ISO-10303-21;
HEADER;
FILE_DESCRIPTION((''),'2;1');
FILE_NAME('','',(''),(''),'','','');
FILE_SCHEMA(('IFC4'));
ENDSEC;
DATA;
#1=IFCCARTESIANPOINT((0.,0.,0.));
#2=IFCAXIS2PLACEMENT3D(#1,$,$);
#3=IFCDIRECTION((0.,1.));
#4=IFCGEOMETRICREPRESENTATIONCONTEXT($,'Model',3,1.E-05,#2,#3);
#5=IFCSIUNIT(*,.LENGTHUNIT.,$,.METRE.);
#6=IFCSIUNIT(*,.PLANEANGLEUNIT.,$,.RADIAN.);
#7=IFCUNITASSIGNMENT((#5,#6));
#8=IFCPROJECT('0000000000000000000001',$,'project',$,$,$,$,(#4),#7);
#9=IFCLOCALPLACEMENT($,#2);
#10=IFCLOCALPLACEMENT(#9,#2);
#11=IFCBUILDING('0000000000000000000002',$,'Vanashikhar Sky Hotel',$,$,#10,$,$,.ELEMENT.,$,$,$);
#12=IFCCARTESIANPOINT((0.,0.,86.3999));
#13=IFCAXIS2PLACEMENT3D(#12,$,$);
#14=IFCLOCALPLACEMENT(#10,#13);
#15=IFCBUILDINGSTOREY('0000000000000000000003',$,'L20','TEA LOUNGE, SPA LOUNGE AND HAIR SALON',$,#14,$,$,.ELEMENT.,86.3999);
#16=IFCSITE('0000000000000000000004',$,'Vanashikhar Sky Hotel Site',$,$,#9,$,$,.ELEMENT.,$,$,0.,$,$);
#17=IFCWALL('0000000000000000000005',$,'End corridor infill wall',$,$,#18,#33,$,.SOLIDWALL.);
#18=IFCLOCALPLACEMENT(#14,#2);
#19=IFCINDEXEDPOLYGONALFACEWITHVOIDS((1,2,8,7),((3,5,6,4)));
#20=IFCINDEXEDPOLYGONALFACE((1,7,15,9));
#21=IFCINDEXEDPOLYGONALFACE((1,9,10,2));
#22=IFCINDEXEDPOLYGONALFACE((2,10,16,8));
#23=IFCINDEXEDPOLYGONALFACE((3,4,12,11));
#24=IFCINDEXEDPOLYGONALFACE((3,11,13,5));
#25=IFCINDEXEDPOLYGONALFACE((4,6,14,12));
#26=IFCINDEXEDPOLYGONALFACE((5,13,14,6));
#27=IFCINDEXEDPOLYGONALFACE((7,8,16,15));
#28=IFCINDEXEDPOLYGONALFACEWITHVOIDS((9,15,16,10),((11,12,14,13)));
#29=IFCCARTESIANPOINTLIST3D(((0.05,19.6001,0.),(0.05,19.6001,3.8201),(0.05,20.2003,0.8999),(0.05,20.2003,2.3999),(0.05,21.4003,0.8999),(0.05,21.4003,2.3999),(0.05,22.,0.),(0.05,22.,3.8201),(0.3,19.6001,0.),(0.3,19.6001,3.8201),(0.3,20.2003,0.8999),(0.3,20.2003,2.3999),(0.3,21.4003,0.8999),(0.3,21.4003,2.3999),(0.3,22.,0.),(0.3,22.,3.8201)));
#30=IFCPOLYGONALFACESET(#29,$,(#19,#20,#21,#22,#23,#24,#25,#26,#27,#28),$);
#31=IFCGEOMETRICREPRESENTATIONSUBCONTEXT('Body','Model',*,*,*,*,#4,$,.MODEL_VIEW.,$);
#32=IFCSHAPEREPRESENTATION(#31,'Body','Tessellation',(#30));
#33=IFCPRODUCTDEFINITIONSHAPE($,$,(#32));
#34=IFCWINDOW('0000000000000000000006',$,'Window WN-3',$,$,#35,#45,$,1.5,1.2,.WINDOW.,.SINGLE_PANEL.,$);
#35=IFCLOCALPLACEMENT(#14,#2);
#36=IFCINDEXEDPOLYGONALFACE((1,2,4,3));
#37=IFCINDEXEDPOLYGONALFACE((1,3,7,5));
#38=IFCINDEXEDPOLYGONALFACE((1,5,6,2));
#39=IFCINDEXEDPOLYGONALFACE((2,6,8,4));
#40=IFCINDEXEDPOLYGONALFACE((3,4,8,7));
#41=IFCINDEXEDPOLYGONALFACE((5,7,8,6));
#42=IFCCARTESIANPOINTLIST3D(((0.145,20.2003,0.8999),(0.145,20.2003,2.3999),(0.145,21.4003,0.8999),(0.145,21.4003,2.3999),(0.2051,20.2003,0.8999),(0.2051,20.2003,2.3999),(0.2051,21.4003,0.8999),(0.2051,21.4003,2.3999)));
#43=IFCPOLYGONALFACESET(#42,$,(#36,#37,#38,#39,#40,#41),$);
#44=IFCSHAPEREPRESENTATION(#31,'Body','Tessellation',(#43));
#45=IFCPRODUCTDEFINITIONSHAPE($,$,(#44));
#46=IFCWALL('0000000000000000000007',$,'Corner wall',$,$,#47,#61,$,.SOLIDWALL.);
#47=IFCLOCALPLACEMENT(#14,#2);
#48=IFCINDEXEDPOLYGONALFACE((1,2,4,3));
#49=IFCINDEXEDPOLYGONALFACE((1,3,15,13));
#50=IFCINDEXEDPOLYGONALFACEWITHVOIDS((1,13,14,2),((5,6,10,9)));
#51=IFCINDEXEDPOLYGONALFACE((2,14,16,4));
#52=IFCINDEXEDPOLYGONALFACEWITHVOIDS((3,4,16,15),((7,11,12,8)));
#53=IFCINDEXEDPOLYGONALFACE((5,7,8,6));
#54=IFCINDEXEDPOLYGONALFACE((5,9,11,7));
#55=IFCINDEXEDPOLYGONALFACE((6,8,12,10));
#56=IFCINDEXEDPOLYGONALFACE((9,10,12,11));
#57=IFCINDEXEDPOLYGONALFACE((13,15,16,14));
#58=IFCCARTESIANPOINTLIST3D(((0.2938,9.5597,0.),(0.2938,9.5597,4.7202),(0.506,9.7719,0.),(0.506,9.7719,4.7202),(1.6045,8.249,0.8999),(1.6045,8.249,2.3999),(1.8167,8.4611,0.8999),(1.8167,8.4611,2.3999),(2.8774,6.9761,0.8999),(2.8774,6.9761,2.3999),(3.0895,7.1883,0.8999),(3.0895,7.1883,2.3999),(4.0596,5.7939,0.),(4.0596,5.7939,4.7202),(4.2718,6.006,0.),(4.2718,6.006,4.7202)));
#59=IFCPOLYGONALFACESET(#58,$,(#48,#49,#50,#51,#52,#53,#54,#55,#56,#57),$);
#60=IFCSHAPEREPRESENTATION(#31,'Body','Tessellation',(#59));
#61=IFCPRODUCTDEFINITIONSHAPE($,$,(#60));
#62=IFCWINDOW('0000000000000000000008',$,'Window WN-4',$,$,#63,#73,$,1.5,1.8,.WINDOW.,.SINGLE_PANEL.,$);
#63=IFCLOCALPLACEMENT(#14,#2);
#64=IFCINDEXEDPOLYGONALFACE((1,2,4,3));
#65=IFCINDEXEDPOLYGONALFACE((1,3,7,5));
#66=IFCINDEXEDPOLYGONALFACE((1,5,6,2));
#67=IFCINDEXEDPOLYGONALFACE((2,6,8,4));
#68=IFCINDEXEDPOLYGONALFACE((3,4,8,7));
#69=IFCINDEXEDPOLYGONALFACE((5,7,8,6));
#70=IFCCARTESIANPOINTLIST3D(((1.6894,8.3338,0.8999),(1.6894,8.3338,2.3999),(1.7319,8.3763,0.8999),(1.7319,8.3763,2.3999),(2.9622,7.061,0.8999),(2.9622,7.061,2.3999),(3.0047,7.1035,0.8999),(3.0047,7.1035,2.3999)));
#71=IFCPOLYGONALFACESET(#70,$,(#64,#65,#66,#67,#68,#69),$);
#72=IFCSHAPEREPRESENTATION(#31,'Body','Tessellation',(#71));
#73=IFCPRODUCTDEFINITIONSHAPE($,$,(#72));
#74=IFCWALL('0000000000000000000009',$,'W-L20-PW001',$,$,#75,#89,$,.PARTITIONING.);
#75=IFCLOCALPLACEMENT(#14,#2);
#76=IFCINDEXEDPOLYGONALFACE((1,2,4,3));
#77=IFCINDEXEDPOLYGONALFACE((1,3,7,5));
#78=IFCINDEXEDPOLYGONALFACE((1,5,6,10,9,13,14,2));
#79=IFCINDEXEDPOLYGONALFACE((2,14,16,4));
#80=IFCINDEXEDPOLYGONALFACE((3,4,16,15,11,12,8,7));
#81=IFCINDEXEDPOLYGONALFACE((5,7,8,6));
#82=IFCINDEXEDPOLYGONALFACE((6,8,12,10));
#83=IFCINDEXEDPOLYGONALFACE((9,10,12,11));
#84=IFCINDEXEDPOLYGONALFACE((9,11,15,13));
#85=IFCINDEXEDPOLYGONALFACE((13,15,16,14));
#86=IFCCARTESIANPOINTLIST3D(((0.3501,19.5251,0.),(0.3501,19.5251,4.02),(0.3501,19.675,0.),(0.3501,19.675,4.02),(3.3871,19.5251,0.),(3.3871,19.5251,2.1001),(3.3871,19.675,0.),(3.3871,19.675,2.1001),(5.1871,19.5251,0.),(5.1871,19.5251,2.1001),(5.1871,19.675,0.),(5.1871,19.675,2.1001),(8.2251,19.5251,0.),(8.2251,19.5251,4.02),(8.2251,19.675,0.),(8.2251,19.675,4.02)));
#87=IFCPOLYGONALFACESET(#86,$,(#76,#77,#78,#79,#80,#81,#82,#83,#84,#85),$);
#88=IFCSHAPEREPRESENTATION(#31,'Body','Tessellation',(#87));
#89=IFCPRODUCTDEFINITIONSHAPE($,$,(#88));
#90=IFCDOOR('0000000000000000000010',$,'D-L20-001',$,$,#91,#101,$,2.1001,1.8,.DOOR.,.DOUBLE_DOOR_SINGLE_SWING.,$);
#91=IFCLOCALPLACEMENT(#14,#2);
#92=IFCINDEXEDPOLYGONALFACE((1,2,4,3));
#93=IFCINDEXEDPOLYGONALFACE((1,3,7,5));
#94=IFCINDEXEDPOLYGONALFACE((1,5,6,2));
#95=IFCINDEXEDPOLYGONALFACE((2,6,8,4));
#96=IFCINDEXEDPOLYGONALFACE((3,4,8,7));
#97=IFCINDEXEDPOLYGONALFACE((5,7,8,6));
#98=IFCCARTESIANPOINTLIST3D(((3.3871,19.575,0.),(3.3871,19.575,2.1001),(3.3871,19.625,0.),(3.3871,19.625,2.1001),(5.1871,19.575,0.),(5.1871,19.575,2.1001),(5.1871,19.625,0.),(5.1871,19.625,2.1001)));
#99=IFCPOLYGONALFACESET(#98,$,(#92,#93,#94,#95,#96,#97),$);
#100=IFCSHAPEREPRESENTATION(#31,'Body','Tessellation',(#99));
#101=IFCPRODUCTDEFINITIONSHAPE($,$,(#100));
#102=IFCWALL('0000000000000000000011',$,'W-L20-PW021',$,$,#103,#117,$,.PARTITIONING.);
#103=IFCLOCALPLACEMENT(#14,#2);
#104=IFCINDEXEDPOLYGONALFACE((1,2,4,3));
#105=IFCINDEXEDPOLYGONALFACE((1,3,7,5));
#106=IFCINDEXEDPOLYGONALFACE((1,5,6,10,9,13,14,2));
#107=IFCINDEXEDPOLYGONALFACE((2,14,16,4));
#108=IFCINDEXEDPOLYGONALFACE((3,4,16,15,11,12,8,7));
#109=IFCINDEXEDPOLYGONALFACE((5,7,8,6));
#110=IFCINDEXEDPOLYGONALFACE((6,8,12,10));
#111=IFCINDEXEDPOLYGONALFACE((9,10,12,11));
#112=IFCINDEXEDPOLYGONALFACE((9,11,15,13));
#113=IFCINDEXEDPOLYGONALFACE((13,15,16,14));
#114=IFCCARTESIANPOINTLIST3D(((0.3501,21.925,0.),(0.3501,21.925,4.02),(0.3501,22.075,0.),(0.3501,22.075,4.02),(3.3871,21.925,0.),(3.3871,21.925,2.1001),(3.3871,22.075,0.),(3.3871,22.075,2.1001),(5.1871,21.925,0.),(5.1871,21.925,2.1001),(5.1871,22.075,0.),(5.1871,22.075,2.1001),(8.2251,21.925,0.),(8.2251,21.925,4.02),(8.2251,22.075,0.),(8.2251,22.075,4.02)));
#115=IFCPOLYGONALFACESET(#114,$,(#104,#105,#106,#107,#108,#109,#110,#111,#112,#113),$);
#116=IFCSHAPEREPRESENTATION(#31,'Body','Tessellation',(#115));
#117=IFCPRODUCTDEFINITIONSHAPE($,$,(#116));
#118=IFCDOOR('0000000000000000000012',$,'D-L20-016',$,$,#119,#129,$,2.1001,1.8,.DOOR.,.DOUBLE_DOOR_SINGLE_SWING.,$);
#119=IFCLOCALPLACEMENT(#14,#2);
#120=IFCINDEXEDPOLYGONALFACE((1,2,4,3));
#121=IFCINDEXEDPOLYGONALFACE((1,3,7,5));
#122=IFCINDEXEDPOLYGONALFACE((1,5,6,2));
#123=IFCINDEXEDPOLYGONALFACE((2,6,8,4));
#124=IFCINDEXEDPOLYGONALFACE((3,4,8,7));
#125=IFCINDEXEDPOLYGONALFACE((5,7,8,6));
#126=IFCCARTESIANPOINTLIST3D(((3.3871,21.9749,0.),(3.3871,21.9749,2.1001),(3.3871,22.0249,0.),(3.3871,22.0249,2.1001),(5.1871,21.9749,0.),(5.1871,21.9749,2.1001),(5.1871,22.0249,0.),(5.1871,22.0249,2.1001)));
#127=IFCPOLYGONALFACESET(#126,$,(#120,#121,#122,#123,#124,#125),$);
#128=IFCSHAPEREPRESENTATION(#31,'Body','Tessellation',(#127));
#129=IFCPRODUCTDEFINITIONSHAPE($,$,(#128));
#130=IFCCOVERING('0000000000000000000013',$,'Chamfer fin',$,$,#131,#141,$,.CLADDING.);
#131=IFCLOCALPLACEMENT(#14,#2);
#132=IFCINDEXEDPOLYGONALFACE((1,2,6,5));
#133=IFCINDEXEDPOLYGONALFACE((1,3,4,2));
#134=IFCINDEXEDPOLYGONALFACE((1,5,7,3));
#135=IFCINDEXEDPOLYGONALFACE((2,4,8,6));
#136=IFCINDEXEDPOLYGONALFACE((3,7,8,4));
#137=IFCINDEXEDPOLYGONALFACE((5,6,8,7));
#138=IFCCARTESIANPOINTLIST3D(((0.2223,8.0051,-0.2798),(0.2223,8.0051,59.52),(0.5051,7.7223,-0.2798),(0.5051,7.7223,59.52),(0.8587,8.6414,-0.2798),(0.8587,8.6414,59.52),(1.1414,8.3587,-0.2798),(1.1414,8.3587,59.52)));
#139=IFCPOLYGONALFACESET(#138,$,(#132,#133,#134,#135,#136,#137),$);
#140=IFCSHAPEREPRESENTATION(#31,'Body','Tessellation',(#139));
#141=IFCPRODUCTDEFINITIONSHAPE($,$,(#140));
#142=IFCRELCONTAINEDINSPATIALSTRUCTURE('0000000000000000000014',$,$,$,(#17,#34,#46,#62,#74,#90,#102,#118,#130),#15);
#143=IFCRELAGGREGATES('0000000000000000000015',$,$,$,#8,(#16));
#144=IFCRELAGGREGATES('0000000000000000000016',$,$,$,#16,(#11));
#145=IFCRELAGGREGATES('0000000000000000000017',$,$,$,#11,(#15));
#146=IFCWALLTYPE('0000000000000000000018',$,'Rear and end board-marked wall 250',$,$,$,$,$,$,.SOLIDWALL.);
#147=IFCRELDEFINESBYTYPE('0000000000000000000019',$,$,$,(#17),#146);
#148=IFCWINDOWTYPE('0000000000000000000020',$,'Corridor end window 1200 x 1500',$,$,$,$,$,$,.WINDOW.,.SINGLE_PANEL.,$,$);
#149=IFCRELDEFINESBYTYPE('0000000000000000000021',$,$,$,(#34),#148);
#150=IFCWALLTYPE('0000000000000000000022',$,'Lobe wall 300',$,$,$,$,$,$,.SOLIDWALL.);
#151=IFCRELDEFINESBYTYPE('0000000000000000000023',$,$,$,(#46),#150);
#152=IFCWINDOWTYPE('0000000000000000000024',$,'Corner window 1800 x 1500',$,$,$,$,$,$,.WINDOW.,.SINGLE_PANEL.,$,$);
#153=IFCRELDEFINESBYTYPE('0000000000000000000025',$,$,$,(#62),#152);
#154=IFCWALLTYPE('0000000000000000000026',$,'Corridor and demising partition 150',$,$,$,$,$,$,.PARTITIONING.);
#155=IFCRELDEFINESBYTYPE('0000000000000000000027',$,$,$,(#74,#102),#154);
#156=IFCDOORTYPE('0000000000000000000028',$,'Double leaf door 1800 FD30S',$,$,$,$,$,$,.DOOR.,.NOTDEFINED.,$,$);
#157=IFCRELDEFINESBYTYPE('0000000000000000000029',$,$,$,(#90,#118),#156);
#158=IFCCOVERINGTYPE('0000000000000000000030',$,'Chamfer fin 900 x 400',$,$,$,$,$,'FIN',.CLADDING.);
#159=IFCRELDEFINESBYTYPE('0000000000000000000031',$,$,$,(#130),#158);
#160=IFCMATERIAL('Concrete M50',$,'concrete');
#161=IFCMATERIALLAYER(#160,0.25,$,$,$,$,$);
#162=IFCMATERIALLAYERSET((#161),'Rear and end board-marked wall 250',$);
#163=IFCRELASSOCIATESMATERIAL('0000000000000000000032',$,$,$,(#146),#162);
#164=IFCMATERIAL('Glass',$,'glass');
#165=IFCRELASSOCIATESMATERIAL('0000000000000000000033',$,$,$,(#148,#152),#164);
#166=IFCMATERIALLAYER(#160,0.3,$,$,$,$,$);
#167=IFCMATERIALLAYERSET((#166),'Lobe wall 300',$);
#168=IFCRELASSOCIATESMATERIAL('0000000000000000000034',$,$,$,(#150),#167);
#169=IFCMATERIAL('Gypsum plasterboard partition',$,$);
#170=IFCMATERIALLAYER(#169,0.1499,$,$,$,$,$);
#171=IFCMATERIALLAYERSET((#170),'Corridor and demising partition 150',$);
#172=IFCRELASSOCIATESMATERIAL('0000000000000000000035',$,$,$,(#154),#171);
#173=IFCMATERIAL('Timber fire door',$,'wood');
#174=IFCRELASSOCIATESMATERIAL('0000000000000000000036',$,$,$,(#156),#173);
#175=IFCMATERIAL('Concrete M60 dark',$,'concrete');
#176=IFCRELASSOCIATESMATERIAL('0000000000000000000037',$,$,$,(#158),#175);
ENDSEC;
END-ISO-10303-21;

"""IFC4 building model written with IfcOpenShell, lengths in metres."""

from ifc_helpers import new_model, si_unit, direction, frame, frame_2d, origin, origin_2d, place, context, subcontext, project, spatial, rectangle, extrude, source, transform, mapped, material, layer, layer_set, material_profile, profile_set, type_object, element, fill, save


model = new_model("IFC4")

# Units and contexts
model_context = context("Model", 3, precision=1e-05, world=origin(), true_north=direction((0.0, 1.0)))
body_context = subcontext(model_context, "Body", "Model", "MODEL_VIEW")
ifc_project = project(units=[si_unit("LENGTHUNIT", "METRE"), si_unit("PLANEANGLEUNIT", "RADIAN")], contexts=[model_context])

# Site, building, storey
site_placement = place(None, origin())
site = spatial("IfcSite", under=ifc_project, at=site_placement, Name="Vanashikhar Sky Hotel Site", CompositionType="ELEMENT", RefElevation=0.0)
building_placement = place(site_placement, origin())
building = spatial("IfcBuilding", under=site, at=building_placement, Name="Vanashikhar Sky Hotel", CompositionType="ELEMENT")
storey_placement = place(building_placement, frame((0.0, 0.0, 86.3999)))
storey = spatial("IfcBuildingStorey", under=building, at=storey_placement, Name="L20", Description="TEA LOUNGE, SPA LOUNGE AND HAIR SALON", CompositionType="ELEMENT", Elevation=86.3999)

# Shared definitions
ifc_material_1 = material(Name="Concrete M50", Category="concrete")

# Shared definitions
ifc_material_2 = material(Name="Glass", Category="glass")

# Walls, openings, windows
ifc_layer_1 = layer(ifc_material_1, 0.25)
ifc_layer_set_1 = layer_set([ifc_layer_1], Name="Rear and end board-marked wall 250")
wall_type_1 = type_object("IfcWallType", Name="Rear and end board-marked wall 250", PredefinedType="SOLIDWALL", material=ifc_layer_set_1)
shared_shape_1 = source(origin(), body_context, "Body", "SweptSolid", [
    extrude(rectangle(XDim=2.3999, YDim=0.25, at=frame_2d((1.2, 0.0))), origin(), (0.0, 0.0, 1.0), 3.8201),
])
wall_1_placement = place(storey_placement, frame((0.175, 19.6001, 0.0), z_axis=(0.0, 0.0, 1.0), x_axis=(0.0, 1.0, 0.0)))
wall_1 = element("IfcWall", 1, at=wall_1_placement, inside=storey, type_object=wall_type_1, Name="End corridor infill wall", PredefinedType="SOLIDWALL", context=body_context, shape_type="MappedRepresentation", body=[
    mapped(shared_shape_1, transform((0.0, 0.0, 0.0), scale=1.0)),
])
shared_shape_2 = source(origin(), body_context, "Body", "SweptSolid", [
    extrude(rectangle(XDim=1.2, YDim=1.5, at=frame_2d((0.6001, 0.75))), frame((0.0, 0.135, 0.0), z_axis=(0.0, -1.0, 0.0), x_axis=(1.0, 0.0, 0.0)), (0.0, 0.0, 1.0), 0.27),
])
opening_1_placement = place(wall_1_placement, frame((0.6001, 0.0, 0.8999)))
opening_1 = element("IfcOpeningElement", 2, at=opening_1_placement, cuts=wall_1, PredefinedType="OPENING", context=body_context, shape_type="MappedRepresentation", body=[
    mapped(shared_shape_2, transform((0.0, 0.0, 0.0), scale=1.0)),
])
window_type_1 = type_object("IfcWindowType", Name="Corridor end window 1200 x 1500", PartitioningType="SINGLE_PANEL", PredefinedType="WINDOW", material=ifc_material_2)
shared_shape_3 = source(origin(), body_context, "Body", "SweptSolid", [
    extrude(rectangle(XDim=1.2, YDim=1.5, at=frame_2d((0.6001, 0.75))), frame((0.0, 0.03, 0.0), z_axis=(0.0, -1.0, 0.0), x_axis=(1.0, 0.0, 0.0)), (0.0, 0.0, 1.0), 0.0601),
])
window_1_placement = place(opening_1_placement, origin())
window_1 = element("IfcWindow", 3, at=window_1_placement, inside=storey, type_object=window_type_1, Name="Window WN-3", OverallHeight=1.5, OverallWidth=1.2, PartitioningType="SINGLE_PANEL", PredefinedType="WINDOW", context=body_context, shape_type="MappedRepresentation", body=[
    mapped(shared_shape_3, transform((0.0, 0.0, 0.0), scale=1.0)),
])
fill(opening_1, window_1)
ifc_layer_2 = layer(ifc_material_1, 0.3)
ifc_layer_set_2 = layer_set([ifc_layer_2], Name="Lobe wall 300")
wall_type_2 = type_object("IfcWallType", Name="Lobe wall 300", PredefinedType="SOLIDWALL", material=ifc_layer_set_2)
shared_shape_4 = source(origin(), body_context, "Body", "SweptSolid", [
    extrude(rectangle(XDim=5.3257, YDim=0.3, at=frame_2d((2.6628, 0.0))), origin(), (0.0, 0.0, 1.0), 4.7202),
])
wall_2_placement = place(storey_placement, frame((0.3999, 9.6658, 0.0), z_axis=(0.0, 0.0, 1.0), x_axis=(0.707107, -0.707107, 0.0)))
wall_2 = element("IfcWall", 4, at=wall_2_placement, inside=storey, type_object=wall_type_2, Name="Corner wall", PredefinedType="SOLIDWALL", context=body_context, shape_type="MappedRepresentation", body=[
    mapped(shared_shape_4, transform((0.0, 0.0, 0.0), scale=1.0)),
])
shared_shape_5 = source(origin(), body_context, "Body", "SweptSolid", [
    extrude(rectangle(XDim=1.8, YDim=1.5, at=frame_2d((0.8999, 0.75))), frame((0.0, 0.1602, 0.0), z_axis=(0.0, -1.0, 0.0), x_axis=(1.0, 0.0, 0.0)), (0.0, 0.0, 1.0), 0.3201),
])
opening_2_placement = place(wall_2_placement, frame((1.8538, 0.0, 0.8999)))
opening_2 = element("IfcOpeningElement", 5, at=opening_2_placement, cuts=wall_2, PredefinedType="OPENING", context=body_context, shape_type="MappedRepresentation", body=[
    mapped(shared_shape_5, transform((0.0, 0.0, 0.0), scale=1.0)),
])
window_type_2 = type_object("IfcWindowType", Name="Corner window 1800 x 1500", PartitioningType="SINGLE_PANEL", PredefinedType="WINDOW", material=ifc_material_2)
shared_shape_6 = source(origin(), body_context, "Body", "SweptSolid", [
    extrude(rectangle(XDim=1.8, YDim=1.5, at=frame_2d((0.8999, 0.75))), frame((0.0, 0.03, 0.0), z_axis=(0.0, -1.0, 0.0), x_axis=(1.0, 0.0, 0.0)), (0.0, 0.0, 1.0), 0.0601),
])
window_2_placement = place(opening_2_placement, origin())
window_2 = element("IfcWindow", 6, at=window_2_placement, inside=storey, type_object=window_type_2, Name="Window WN-4", OverallHeight=1.5, OverallWidth=1.8, PartitioningType="SINGLE_PANEL", PredefinedType="WINDOW", context=body_context, shape_type="MappedRepresentation", body=[
    mapped(shared_shape_6, transform((0.0, 0.0, 0.0), scale=1.0)),
])
fill(opening_2, window_2)

# Walls, openings, doors
ifc_material_3 = material(Name="Gypsum plasterboard partition")
ifc_layer_3 = layer(ifc_material_3, 0.1499)
ifc_layer_set_3 = layer_set([ifc_layer_3], Name="Corridor and demising partition 150")
wall_type_3 = type_object("IfcWallType", Name="Corridor and demising partition 150", PredefinedType="PARTITIONING", material=ifc_layer_set_3)
shared_shape_7 = source(origin(), body_context, "Body", "SweptSolid", [
    extrude(rectangle(XDim=7.875, YDim=0.1499, at=frame_2d((3.9375, 0.0))), origin(), (0.0, 0.0, 1.0), 4.02),
])
wall_3_placement = place(storey_placement, frame((0.3501, 19.6001, 0.0), z_axis=(0.0, 0.0, 1.0), x_axis=(1.0, 0.0, 0.0)))
wall_3 = element("IfcWall", 7, at=wall_3_placement, inside=storey, type_object=wall_type_3, Name="W-L20-PW001", PredefinedType="PARTITIONING", context=body_context, shape_type="MappedRepresentation", body=[
    mapped(shared_shape_7, transform((0.0, 0.0, 0.0), scale=1.0)),
])
shared_shape_8 = source(origin(), body_context, "Body", "SweptSolid", [
    extrude(rectangle(XDim=1.8, YDim=2.1001, at=frame_2d((0.8999, 1.05))), frame((0.0, 0.085, 0.0), z_axis=(0.0, -1.0, 0.0), x_axis=(1.0, 0.0, 0.0)), (0.0, 0.0, 1.0), 0.1699),
])
opening_3_placement = place(wall_3_placement, frame((3.0371, 0.0, 0.0)))
opening_3 = element("IfcOpeningElement", 8, at=opening_3_placement, cuts=wall_3, PredefinedType="OPENING", context=body_context, shape_type="MappedRepresentation", body=[
    mapped(shared_shape_8, transform((0.0, 0.0, 0.0), scale=1.0)),
])
ifc_material_4 = material(Name="Timber fire door", Category="wood")
door_type = type_object("IfcDoorType", Name="Double leaf door 1800 FD30S", OperationType="NOTDEFINED", PredefinedType="DOOR", material=ifc_material_4)
shared_shape_9 = source(origin(), body_context, "Body", "SweptSolid", [
    extrude(rectangle(XDim=1.8, YDim=2.1001, at=frame_2d((0.8999, 1.05))), frame((0.0, 0.0249, 0.0), z_axis=(0.0, -1.0, 0.0), x_axis=(1.0, 0.0, 0.0)), (0.0, 0.0, 1.0), 0.05),
])
door_1_placement = place(opening_3_placement, origin())
door_1 = element("IfcDoor", 9, at=door_1_placement, inside=storey, type_object=door_type, Name="D-L20-001", OperationType="DOUBLE_DOOR_SINGLE_SWING", OverallHeight=2.1001, OverallWidth=1.8, PredefinedType="DOOR", context=body_context, shape_type="MappedRepresentation", body=[
    mapped(shared_shape_9, transform((0.0, 0.0, 0.0), scale=1.0)),
])
fill(opening_3, door_1)
wall_4_placement = place(storey_placement, frame((0.3501, 22.0, 0.0), z_axis=(0.0, 0.0, 1.0), x_axis=(1.0, 0.0, 0.0)))
wall_4 = element("IfcWall", 10, at=wall_4_placement, inside=storey, type_object=wall_type_3, Name="W-L20-PW021", PredefinedType="PARTITIONING", context=body_context, shape_type="MappedRepresentation", body=[
    mapped(shared_shape_7, transform((0.0, 0.0, 0.0), scale=1.0)),
])
opening_4_placement = place(wall_4_placement, frame((3.0371, 0.0, 0.0)))
opening_4 = element("IfcOpeningElement", 11, at=opening_4_placement, cuts=wall_4, PredefinedType="OPENING", context=body_context, shape_type="MappedRepresentation", body=[
    mapped(shared_shape_8, transform((0.0, 0.0, 0.0), scale=1.0)),
])
door_2_placement = place(opening_4_placement, origin())
door_2 = element("IfcDoor", 12, at=door_2_placement, inside=storey, type_object=door_type, Name="D-L20-016", OperationType="DOUBLE_DOOR_SINGLE_SWING", OverallHeight=2.1001, OverallWidth=1.8, PredefinedType="DOOR", context=body_context, shape_type="MappedRepresentation", body=[
    mapped(shared_shape_9, transform((0.0, 0.0, 0.0), scale=1.0)),
])
fill(opening_4, door_2)

# Covering
ifc_material_5 = material(Name="Concrete M60 dark", Category="concrete")
ifc_material_profile_1 = material_profile(ifc_material_5, rectangle(XDim=0.8999, YDim=0.3999, at=origin_2d()))
ifc_profile_set_1 = profile_set([ifc_material_profile_1], Name="Chamfer fin 900 x 400")
covering_type = type_object("IfcCoveringType", Name="Chamfer fin 900 x 400", ElementType="FIN", PredefinedType="CLADDING", material=ifc_profile_set_1)
shared_shape_10 = source(origin(), body_context, "Body", "SweptSolid", [
    extrude(rectangle(XDim=0.8999, YDim=0.3999, at=origin_2d()), origin(), (0.0, 0.0, 1.0), 59.7998),
])
covering_placement = place(storey_placement, frame((0.6819, 8.1819, -0.2798), z_axis=(0.0, 0.0, 1.0), x_axis=(-0.707107, -0.707107, 0.0)))
element("IfcCovering", 13, at=covering_placement, inside=storey, type_object=covering_type, Name="Chamfer fin", PredefinedType="CLADDING", context=body_context, shape_type="MappedRepresentation", body=[
    mapped(shared_shape_10, transform((0.0, 0.0, 0.0), scale=1.0)),
])

save(model, "model.ifc")
